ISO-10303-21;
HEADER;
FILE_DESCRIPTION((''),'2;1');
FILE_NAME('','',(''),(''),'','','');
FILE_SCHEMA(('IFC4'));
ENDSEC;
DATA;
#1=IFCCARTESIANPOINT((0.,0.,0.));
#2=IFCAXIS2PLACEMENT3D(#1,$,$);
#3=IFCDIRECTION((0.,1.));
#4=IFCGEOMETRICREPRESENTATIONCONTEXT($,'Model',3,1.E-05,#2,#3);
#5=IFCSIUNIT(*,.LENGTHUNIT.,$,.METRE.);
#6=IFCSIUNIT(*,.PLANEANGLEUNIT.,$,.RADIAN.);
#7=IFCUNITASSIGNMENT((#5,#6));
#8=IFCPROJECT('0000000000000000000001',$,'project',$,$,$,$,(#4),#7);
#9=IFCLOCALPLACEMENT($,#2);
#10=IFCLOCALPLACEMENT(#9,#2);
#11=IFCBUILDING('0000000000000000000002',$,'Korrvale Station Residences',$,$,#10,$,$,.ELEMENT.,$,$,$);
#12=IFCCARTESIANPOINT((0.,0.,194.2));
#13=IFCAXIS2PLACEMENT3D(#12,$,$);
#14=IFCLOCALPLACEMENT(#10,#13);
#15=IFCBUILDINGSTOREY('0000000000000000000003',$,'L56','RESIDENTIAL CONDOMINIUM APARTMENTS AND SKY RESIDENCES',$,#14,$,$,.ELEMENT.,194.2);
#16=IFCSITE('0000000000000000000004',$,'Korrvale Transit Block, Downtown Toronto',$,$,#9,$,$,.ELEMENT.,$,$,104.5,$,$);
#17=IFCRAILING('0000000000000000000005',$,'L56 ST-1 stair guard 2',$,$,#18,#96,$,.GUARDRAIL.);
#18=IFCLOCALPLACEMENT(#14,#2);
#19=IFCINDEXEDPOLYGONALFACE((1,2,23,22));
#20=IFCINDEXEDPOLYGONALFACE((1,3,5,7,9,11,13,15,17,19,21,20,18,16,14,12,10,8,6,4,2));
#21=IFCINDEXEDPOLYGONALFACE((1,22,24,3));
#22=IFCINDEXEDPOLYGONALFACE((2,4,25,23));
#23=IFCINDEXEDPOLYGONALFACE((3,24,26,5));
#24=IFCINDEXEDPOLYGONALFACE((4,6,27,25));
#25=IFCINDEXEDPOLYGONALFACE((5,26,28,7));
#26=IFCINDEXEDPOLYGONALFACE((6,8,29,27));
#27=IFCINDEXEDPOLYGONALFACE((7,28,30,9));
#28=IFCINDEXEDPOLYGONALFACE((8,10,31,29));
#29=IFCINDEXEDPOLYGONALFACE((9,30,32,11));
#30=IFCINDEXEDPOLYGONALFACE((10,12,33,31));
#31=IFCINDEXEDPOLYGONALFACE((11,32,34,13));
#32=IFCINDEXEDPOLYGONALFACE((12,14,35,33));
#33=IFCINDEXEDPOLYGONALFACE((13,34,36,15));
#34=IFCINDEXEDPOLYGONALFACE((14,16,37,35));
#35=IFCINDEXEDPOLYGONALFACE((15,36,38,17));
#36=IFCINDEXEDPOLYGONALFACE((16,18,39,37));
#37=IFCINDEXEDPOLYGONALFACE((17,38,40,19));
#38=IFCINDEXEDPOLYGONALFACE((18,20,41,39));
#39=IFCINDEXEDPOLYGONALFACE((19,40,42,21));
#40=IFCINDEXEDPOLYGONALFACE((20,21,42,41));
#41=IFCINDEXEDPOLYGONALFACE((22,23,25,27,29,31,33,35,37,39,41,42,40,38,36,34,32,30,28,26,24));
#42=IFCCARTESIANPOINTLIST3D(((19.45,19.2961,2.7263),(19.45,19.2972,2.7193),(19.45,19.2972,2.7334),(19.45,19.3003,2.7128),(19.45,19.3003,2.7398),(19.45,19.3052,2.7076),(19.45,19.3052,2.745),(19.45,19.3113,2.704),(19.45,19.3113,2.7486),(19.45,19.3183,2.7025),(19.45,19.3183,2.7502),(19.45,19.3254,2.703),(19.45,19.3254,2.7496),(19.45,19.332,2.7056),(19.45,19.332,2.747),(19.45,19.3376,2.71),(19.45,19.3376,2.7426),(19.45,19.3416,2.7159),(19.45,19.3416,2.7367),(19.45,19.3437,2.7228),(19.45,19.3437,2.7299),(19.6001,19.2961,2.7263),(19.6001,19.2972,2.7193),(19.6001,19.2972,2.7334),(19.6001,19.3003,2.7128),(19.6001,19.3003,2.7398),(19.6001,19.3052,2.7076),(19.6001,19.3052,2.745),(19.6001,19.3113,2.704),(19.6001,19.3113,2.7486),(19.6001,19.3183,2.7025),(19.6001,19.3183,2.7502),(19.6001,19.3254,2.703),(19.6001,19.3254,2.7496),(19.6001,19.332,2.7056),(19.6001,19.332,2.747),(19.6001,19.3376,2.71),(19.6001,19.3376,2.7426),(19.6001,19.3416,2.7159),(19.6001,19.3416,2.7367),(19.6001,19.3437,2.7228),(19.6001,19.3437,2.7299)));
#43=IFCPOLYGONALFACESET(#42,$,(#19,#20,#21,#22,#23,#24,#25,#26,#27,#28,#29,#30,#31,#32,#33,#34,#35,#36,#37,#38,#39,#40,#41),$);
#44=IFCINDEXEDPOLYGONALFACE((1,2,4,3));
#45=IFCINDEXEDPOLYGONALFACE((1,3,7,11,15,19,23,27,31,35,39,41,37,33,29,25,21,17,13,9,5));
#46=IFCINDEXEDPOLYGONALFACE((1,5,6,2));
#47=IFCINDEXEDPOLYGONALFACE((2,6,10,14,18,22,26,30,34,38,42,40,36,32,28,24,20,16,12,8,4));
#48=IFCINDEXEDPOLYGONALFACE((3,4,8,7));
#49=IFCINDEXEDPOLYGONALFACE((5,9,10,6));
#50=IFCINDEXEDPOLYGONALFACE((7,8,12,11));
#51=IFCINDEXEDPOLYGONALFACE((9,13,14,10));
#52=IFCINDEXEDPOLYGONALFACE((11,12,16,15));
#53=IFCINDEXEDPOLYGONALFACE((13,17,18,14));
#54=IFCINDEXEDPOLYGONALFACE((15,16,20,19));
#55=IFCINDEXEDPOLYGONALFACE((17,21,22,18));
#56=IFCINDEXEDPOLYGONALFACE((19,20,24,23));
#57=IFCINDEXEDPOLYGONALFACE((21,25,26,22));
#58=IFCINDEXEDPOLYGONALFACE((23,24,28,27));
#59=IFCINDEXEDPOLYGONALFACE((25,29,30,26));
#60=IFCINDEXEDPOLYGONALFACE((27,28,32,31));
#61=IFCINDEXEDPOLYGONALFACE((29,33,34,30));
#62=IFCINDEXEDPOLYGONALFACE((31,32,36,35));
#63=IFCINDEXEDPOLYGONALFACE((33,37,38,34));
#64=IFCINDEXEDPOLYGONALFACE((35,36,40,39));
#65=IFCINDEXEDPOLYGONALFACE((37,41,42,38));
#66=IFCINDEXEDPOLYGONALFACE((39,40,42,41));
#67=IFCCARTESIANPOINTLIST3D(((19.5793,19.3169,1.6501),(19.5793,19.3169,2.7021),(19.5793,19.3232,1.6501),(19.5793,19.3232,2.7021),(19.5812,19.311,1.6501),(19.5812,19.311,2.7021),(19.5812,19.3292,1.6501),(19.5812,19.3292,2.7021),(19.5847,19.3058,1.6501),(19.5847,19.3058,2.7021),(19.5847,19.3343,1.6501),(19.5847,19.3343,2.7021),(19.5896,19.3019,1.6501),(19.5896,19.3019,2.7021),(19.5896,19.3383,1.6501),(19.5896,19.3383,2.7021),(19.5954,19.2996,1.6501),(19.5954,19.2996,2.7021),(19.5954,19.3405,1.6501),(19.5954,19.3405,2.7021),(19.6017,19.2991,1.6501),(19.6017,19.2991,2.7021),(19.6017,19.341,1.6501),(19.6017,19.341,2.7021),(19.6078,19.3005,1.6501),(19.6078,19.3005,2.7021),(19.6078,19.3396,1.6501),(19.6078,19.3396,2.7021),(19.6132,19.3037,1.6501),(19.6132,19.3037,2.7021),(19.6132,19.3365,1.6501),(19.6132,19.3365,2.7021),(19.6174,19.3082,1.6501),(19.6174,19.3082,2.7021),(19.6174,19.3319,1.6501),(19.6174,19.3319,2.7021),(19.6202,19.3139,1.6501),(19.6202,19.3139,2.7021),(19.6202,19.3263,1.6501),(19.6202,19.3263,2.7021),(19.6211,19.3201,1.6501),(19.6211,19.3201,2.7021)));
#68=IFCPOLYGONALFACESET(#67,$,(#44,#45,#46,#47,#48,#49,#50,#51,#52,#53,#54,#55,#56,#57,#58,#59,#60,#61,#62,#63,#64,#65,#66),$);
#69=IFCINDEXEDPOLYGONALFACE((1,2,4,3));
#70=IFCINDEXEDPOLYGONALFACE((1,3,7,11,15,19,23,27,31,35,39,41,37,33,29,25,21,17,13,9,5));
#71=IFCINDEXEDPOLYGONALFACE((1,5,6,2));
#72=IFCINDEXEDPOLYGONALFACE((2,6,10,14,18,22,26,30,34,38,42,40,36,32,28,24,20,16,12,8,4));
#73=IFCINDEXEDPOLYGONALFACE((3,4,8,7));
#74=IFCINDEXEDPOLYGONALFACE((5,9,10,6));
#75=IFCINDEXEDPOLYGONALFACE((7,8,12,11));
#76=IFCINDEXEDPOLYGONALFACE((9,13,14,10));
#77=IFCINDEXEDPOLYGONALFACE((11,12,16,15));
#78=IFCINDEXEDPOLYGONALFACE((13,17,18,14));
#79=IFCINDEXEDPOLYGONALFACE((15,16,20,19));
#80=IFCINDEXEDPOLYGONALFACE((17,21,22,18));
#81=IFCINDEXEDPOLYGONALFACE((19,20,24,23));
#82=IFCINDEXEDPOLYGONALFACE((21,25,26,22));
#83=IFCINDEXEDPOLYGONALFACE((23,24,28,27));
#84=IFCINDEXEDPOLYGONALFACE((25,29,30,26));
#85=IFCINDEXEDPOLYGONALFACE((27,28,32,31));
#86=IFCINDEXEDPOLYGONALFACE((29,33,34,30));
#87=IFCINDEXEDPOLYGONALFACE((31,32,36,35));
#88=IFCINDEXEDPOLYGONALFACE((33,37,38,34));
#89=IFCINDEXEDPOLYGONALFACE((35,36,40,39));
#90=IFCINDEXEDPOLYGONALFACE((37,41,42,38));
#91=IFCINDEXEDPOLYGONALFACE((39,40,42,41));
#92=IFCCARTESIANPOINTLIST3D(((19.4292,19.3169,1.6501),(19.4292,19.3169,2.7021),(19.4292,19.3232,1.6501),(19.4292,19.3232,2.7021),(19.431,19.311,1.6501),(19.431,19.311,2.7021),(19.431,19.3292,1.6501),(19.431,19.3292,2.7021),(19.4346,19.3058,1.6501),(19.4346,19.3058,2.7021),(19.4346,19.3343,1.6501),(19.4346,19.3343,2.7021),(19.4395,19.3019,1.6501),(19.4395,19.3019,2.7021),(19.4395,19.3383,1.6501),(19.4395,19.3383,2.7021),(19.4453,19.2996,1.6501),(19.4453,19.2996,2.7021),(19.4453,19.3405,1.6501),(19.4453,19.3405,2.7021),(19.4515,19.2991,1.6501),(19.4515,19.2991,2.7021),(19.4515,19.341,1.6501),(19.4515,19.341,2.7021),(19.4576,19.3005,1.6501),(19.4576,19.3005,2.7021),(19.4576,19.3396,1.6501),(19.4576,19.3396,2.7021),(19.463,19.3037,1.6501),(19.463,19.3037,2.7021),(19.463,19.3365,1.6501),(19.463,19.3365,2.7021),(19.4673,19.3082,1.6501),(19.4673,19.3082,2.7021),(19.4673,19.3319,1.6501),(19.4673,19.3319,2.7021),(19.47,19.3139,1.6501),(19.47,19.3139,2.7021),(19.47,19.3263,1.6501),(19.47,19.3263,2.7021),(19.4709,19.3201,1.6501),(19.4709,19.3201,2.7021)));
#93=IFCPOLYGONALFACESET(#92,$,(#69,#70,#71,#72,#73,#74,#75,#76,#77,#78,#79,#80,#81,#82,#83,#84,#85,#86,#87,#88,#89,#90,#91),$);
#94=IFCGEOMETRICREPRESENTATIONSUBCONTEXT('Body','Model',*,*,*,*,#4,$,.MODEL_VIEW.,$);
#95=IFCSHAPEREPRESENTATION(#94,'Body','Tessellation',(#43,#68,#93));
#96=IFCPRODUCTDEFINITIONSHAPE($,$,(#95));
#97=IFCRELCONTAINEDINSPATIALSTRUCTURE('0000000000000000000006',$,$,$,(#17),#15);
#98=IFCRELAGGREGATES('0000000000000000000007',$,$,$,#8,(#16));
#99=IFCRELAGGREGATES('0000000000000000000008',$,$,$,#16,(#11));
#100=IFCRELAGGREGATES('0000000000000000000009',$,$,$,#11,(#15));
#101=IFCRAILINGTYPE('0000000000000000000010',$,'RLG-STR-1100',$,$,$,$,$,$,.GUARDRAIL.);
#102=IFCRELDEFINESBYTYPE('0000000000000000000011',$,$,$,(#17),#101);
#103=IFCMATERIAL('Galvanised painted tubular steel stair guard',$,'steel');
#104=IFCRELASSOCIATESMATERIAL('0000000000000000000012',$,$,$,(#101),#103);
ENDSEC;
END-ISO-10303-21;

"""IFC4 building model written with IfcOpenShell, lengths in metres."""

from ifc_helpers import new_model, si_unit, direction, frame, origin, origin_2d, place, context, subcontext, project, spatial, circle, extrude, material, type_object, element, save


model = new_model("IFC4")

# Units and contexts
model_context = context("Model", 3, precision=1e-05, world=origin(), true_north=direction((0.0, 1.0)))
body_context = subcontext(model_context, "Body", "Model", "MODEL_VIEW")
ifc_project = project(units=[si_unit("LENGTHUNIT", "METRE"), si_unit("PLANEANGLEUNIT", "RADIAN")], contexts=[model_context])

# Site, building, storey
site_placement = place(None, origin())
site = spatial("IfcSite", under=ifc_project, at=site_placement, Name="Korrvale Transit Block, Downtown Toronto", CompositionType="ELEMENT", RefElevation=104.5)
building_placement = place(site_placement, origin())
building = spatial("IfcBuilding", under=site, at=building_placement, Name="Korrvale Station Residences", CompositionType="ELEMENT")
storey_placement = place(building_placement, frame((0.0, 0.0, 194.2)))
storey = spatial("IfcBuildingStorey", under=building, at=storey_placement, Name="L56", Description="RESIDENTIAL CONDOMINIUM APARTMENTS AND SKY RESIDENCES", CompositionType="ELEMENT", Elevation=194.2)

# Railing
ifc_material_1 = material(Name="Galvanised painted tubular steel stair guard", Category="steel")
railing_type_1 = type_object("IfcRailingType", Name="RLG-STR-1100", PredefinedType="GUARDRAIL", material=ifc_material_1)
railing_1_placement = place(storey_placement, frame((19.6001, 19.3201, 1.6501)))
element("IfcRailing", 1, at=railing_1_placement, inside=storey, type_object=railing_type_1, Name="L56 ST-1 stair guard 2", PredefinedType="GUARDRAIL", context=body_context, shape_type="SweptSolid", body=[
    extrude(circle(Radius=0.0239, at=origin_2d()), frame((0.0, 0.0, 1.0762), z_axis=(-1.0, 0.0, 0.0), x_axis=(0.0, -1.0, 0.0)), (0.0, 0.0, 1.0), 0.1501),
    extrude(circle(Radius=0.021, at=origin_2d()), origin(), (0.0, 0.0, 1.0), 1.052),
    extrude(circle(Radius=0.021, at=origin_2d()), frame((-0.1501, 0.0, 0.0)), (0.0, 0.0, 1.0), 1.052),
])

save(model, "model.ifc")
